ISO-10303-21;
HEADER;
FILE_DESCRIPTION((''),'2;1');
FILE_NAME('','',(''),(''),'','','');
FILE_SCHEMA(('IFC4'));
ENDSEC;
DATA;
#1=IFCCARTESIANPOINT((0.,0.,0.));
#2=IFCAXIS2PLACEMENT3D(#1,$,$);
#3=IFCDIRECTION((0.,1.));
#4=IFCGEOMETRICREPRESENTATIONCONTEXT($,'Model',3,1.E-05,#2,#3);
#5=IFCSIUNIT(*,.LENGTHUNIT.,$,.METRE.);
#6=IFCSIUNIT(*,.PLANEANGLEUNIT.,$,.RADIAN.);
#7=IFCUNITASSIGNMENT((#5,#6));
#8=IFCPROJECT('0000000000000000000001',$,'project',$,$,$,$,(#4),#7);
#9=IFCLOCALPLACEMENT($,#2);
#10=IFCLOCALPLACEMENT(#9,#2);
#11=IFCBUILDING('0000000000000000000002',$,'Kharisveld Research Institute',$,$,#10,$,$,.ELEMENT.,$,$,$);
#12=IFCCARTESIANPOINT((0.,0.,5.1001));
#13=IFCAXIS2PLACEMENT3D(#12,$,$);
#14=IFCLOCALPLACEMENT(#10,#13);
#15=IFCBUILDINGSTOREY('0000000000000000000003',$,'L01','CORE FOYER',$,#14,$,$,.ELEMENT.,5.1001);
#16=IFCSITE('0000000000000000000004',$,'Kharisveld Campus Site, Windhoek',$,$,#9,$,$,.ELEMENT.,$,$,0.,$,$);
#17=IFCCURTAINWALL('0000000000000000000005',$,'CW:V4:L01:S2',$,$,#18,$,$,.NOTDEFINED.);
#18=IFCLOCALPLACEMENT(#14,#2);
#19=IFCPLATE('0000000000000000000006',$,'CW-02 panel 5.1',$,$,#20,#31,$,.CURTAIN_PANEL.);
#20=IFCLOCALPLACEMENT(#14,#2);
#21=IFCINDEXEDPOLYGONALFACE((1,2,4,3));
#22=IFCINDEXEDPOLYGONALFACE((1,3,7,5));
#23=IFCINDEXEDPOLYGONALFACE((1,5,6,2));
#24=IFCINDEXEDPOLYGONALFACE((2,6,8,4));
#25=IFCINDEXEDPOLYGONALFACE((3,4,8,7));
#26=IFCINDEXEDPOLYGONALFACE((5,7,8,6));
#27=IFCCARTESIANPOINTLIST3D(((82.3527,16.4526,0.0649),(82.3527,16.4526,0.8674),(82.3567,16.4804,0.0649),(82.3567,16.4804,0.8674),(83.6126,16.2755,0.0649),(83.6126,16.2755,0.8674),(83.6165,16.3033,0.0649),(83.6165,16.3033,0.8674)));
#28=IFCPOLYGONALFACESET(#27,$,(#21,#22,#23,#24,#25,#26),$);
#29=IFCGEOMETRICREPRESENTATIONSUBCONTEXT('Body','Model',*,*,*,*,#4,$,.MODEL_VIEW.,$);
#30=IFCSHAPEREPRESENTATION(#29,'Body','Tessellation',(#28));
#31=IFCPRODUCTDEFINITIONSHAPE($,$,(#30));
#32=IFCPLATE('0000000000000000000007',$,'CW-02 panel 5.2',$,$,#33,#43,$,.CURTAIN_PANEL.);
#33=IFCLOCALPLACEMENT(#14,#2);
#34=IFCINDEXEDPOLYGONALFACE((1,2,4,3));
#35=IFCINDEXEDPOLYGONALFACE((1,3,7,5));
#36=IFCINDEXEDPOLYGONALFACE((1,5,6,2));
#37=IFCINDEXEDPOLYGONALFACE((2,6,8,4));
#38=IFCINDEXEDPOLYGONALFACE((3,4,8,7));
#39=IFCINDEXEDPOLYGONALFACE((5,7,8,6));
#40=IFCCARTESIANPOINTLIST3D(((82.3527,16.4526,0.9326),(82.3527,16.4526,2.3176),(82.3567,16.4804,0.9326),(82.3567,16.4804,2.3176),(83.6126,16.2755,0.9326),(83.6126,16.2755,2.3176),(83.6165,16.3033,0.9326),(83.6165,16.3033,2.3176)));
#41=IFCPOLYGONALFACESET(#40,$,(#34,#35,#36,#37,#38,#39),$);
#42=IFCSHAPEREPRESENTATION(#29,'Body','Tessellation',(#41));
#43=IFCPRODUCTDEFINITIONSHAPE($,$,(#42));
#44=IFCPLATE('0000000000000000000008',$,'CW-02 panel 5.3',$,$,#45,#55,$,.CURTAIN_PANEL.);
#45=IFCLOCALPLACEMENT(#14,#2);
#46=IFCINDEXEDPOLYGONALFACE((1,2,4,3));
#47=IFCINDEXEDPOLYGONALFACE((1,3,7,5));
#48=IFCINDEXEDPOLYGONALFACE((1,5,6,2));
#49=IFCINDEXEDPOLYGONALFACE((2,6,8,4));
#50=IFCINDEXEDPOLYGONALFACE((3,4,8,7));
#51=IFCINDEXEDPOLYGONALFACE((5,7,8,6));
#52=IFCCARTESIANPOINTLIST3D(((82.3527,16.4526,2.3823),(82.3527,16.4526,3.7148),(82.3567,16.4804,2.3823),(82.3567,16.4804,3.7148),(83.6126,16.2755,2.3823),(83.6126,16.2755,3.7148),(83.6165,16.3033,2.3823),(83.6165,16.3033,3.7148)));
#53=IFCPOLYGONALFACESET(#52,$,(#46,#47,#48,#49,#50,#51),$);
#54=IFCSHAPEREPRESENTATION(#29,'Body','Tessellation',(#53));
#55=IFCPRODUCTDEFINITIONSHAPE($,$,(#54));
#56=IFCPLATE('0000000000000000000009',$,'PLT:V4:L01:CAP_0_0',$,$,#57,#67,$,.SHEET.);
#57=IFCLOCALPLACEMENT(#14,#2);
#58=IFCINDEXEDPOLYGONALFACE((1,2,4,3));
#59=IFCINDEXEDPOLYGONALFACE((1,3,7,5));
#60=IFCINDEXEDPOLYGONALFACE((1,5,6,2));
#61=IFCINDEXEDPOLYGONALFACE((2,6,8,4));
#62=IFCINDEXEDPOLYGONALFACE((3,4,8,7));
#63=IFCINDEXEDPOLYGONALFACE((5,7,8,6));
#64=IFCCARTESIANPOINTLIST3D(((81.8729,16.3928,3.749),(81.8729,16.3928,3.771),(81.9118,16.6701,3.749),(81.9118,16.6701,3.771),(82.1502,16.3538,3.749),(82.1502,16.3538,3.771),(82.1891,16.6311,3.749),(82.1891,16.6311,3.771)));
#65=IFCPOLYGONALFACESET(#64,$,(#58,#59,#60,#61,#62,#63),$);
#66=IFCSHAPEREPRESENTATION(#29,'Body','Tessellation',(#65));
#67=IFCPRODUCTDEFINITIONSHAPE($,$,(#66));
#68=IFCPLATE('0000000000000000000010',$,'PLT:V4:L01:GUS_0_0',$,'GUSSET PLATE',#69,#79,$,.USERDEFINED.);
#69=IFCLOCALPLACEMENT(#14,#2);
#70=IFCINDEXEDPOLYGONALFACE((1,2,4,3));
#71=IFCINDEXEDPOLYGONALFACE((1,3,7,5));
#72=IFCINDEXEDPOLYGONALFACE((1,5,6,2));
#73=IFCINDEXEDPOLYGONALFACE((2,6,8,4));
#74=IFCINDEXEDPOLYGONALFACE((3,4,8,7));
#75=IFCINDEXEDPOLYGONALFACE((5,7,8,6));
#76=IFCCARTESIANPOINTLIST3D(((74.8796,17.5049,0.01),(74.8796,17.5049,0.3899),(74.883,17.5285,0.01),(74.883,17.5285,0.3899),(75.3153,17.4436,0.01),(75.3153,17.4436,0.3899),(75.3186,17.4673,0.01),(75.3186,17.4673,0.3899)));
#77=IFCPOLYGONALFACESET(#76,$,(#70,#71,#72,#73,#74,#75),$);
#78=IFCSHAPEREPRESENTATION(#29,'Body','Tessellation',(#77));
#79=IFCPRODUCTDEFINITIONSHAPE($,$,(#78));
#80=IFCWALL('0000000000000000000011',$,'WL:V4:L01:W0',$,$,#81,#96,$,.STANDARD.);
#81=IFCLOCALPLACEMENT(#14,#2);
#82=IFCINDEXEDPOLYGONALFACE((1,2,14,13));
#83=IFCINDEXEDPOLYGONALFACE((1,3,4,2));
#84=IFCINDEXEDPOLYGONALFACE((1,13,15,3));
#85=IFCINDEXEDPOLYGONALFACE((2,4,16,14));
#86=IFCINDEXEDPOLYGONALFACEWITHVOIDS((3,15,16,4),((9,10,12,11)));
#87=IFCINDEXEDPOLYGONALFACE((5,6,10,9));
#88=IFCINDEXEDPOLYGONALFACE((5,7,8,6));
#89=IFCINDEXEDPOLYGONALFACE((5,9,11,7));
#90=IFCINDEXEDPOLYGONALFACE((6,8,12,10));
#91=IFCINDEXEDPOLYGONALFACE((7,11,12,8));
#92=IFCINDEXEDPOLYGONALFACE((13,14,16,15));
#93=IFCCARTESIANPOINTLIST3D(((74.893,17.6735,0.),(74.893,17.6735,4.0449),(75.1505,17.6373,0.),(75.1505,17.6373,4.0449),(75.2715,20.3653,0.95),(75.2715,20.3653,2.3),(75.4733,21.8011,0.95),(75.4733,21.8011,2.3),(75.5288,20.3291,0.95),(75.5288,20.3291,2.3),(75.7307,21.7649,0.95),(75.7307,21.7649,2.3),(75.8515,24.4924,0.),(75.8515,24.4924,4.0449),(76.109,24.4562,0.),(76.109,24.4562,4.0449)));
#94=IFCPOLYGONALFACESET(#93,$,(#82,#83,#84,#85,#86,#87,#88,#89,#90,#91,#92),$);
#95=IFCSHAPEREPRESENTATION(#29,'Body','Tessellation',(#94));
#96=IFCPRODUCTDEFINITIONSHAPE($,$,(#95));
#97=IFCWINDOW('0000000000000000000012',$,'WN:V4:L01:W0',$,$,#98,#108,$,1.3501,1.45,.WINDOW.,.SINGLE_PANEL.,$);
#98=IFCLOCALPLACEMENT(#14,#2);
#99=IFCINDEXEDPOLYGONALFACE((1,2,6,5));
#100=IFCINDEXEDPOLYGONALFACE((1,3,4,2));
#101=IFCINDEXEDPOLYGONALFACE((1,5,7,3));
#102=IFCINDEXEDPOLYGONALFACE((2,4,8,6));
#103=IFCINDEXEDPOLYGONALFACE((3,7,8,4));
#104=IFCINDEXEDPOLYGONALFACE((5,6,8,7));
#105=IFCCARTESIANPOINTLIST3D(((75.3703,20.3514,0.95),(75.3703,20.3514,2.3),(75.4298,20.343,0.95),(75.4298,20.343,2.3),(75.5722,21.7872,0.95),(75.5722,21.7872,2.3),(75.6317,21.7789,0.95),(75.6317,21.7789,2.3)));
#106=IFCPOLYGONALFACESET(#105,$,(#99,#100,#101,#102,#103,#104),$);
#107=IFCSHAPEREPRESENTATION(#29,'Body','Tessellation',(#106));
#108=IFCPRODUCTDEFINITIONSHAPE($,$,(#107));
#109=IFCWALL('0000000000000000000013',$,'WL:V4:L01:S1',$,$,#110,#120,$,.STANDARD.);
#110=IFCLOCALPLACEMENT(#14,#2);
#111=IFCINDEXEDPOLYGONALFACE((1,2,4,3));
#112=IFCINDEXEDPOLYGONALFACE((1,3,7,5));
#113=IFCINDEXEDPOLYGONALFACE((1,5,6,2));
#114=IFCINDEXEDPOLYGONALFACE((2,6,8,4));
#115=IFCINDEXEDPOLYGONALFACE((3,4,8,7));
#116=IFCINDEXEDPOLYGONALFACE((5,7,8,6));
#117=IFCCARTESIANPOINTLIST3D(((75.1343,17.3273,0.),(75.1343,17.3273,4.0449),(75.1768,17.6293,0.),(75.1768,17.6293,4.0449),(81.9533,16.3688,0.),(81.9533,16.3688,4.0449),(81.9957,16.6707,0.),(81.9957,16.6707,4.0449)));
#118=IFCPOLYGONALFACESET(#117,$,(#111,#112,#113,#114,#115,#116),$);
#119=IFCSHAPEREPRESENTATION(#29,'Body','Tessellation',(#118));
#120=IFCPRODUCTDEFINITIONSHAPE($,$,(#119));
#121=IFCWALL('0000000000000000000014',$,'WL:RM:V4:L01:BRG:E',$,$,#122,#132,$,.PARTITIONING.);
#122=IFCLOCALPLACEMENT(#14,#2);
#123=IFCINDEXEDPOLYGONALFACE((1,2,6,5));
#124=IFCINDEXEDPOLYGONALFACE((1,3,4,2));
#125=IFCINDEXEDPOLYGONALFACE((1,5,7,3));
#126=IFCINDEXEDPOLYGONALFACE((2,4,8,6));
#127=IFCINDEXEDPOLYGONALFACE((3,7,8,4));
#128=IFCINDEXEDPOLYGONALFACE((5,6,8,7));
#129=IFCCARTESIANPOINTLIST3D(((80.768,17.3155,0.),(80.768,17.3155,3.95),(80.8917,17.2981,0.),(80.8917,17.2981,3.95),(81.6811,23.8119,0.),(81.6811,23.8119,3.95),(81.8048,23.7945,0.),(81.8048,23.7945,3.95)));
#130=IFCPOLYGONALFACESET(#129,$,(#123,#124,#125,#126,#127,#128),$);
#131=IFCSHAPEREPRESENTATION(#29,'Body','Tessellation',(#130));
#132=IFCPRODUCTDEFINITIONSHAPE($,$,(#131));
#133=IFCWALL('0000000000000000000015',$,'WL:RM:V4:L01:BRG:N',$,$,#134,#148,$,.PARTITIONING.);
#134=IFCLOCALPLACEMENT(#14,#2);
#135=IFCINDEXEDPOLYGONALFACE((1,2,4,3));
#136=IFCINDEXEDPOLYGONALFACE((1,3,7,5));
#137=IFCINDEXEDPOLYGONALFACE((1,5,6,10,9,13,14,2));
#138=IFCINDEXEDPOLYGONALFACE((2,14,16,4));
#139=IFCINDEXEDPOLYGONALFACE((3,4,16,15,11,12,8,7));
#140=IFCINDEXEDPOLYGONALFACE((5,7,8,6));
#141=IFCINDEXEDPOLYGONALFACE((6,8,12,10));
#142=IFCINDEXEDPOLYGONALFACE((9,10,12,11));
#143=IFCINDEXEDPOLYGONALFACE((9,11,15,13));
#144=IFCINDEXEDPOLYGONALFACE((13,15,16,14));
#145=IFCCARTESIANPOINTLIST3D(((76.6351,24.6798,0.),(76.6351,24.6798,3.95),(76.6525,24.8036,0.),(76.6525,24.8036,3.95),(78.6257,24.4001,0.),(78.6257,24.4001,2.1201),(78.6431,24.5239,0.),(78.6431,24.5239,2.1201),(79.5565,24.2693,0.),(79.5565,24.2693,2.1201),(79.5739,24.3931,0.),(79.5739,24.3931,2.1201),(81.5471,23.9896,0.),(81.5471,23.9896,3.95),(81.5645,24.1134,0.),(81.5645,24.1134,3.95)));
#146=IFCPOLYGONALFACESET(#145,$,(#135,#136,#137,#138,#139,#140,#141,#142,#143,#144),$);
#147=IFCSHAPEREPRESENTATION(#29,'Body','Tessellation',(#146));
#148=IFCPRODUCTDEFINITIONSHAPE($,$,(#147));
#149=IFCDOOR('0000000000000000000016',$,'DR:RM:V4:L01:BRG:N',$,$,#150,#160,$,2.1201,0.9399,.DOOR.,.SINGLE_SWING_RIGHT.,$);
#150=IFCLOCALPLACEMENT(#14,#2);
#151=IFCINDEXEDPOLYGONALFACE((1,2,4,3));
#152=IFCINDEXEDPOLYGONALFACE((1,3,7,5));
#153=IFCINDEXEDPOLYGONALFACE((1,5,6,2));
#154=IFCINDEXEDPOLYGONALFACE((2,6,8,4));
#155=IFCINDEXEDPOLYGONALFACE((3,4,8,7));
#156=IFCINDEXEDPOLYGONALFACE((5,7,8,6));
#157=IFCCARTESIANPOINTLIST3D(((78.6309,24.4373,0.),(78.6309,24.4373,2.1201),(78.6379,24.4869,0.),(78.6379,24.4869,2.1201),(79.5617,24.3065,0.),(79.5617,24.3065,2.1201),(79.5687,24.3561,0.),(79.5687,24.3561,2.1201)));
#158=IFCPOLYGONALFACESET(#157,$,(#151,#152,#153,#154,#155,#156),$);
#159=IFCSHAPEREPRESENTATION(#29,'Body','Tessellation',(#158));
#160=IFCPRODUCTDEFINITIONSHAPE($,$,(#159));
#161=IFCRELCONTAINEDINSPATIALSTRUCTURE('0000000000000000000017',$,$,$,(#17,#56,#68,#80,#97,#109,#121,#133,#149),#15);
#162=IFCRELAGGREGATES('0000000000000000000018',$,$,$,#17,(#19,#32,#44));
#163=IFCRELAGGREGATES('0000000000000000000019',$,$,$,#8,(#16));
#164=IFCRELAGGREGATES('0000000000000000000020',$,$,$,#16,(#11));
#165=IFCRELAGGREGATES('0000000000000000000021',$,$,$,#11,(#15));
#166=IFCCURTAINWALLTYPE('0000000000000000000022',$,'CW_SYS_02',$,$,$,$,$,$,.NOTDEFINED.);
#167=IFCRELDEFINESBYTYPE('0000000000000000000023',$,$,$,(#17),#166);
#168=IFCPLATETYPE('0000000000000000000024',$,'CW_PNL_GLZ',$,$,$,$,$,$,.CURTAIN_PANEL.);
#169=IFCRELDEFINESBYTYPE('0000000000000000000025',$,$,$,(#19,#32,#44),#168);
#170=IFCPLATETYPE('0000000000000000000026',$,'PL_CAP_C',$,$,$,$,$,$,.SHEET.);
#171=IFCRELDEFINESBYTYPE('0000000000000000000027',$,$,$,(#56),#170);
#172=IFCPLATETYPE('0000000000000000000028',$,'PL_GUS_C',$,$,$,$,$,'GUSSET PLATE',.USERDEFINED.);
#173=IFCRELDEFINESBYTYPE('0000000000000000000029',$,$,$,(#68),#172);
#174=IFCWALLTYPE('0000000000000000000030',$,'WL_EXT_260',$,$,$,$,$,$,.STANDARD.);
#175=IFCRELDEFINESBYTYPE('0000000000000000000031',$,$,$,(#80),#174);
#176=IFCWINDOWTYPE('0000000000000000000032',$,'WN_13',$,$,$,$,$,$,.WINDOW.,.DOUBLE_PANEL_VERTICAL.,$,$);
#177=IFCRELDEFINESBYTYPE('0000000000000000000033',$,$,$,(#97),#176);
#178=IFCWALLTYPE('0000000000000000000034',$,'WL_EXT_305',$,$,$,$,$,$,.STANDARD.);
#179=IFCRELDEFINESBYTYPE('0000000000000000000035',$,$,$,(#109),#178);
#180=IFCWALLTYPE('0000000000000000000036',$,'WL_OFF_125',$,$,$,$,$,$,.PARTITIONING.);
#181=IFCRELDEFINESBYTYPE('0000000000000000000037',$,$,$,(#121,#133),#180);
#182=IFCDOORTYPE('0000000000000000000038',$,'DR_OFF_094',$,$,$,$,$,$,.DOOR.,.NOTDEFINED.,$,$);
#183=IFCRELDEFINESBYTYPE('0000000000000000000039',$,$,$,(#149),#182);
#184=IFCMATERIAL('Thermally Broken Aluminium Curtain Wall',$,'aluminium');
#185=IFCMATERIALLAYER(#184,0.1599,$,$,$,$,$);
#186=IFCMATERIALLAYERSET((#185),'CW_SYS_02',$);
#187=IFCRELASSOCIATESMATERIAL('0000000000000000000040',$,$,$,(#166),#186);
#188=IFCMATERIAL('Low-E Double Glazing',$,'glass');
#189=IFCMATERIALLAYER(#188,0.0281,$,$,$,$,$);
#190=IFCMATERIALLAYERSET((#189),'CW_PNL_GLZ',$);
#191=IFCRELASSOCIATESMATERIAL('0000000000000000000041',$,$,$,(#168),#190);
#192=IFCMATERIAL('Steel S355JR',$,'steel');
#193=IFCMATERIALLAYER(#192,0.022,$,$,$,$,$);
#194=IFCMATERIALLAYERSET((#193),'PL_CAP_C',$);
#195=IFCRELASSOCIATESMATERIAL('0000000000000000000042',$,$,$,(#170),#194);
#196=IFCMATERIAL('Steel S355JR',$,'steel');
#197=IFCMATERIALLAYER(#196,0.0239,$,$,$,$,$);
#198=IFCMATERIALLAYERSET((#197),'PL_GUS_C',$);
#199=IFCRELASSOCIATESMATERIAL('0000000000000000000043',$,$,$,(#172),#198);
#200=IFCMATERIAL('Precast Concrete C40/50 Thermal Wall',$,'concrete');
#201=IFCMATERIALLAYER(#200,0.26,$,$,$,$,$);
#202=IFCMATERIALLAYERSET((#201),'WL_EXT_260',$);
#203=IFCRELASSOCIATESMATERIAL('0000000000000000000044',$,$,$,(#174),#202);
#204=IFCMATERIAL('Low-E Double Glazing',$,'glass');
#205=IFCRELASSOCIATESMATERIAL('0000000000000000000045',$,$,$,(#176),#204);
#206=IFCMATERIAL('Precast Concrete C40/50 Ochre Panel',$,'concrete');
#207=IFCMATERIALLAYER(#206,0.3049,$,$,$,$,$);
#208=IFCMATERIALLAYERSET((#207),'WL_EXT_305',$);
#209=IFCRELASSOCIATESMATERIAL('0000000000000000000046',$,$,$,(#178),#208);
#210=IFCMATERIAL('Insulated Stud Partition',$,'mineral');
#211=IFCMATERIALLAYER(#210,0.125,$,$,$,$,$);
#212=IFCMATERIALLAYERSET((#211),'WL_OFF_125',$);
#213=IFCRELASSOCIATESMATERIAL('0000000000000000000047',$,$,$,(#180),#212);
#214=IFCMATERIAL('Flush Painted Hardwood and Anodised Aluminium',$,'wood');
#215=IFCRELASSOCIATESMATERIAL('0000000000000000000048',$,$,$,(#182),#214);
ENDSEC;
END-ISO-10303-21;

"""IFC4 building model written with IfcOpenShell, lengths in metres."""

from ifc_helpers import new_model, si_unit, direction, frame, frame_2d, origin, origin_2d, place, context, subcontext, project, spatial, rectangle, extrude, material, layer, layer_set, type_object, element, fill, aggregate, save


model = new_model("IFC4")

# Units and contexts
model_context = context("Model", 3, precision=1e-05, world=origin(), true_north=direction((0.0, 1.0)))
body_context = subcontext(model_context, "Body", "Model", "MODEL_VIEW")
ifc_project = project(units=[si_unit("LENGTHUNIT", "METRE"), si_unit("PLANEANGLEUNIT", "RADIAN")], contexts=[model_context])

# Site, building, storey
site_placement = place(None, origin())
site = spatial("IfcSite", under=ifc_project, at=site_placement, Name="Kharisveld Campus Site, Windhoek", CompositionType="ELEMENT", RefElevation=0.0)
building_placement = place(site_placement, origin())
building = spatial("IfcBuilding", under=site, at=building_placement, Name="Kharisveld Research Institute", CompositionType="ELEMENT")
storey_placement = place(building_placement, frame((0.0, 0.0, 5.1001)))
storey = spatial("IfcBuildingStorey", under=building, at=storey_placement, Name="L01", Description="CORE FOYER", CompositionType="ELEMENT", Elevation=5.1001)

# Curtain wall
ifc_material_1 = material(Name="Thermally Broken Aluminium Curtain Wall", Category="aluminium")
ifc_layer_1 = layer(ifc_material_1, 0.1599)
ifc_layer_set_1 = layer_set([ifc_layer_1], Name="CW_SYS_02")
curtain_wall_type = type_object("IfcCurtainWallType", Name="CW_SYS_02", PredefinedType="NOTDEFINED", material=ifc_layer_set_1)
curtain_wall_placement = place(storey_placement, origin())
curtain_wall = element("IfcCurtainWall", 1, at=curtain_wall_placement, inside=storey, type_object=curtain_wall_type, Name="CW:V4:L01:S2", PredefinedType="NOTDEFINED")

# Plates
ifc_material_2 = material(Name="Low-E Double Glazing", Category="glass")
ifc_layer_2 = layer(ifc_material_2, 0.0281)
ifc_layer_set_2 = layer_set([ifc_layer_2], Name="CW_PNL_GLZ")
plate_type_1 = type_object("IfcPlateType", Name="CW_PNL_GLZ", PredefinedType="CURTAIN_PANEL", material=ifc_layer_set_2)
plate_1_placement = place(storey_placement, frame((82.9846, 16.3779, 0.0649), z_axis=(0.0, 0.0, 1.0), x_axis=(-0.990268, 0.139173, 0.0)))
plate_1 = element("IfcPlate", 2, at=plate_1_placement, type_object=plate_type_1, Name="CW-02 panel 5.1", PredefinedType="CURTAIN_PANEL", context=body_context, shape_type="SweptSolid", body=[
    extrude(rectangle(XDim=1.2722, YDim=0.0281, at=origin_2d()), origin(), (0.0, 0.0, 1.0), 0.8025),
])
plate_2_placement = place(storey_placement, frame((82.9846, 16.3779, 0.9326), z_axis=(0.0, 0.0, 1.0), x_axis=(-0.990268, 0.139173, 0.0)))
plate_2 = element("IfcPlate", 3, at=plate_2_placement, type_object=plate_type_1, Name="CW-02 panel 5.2", PredefinedType="CURTAIN_PANEL", context=body_context, shape_type="SweptSolid", body=[
    extrude(rectangle(XDim=1.2722, YDim=0.0281, at=origin_2d()), origin(), (0.0, 0.0, 1.0), 1.385),
])
plate_3_placement = place(storey_placement, frame((82.9846, 16.3779, 2.3823), z_axis=(0.0, 0.0, 1.0), x_axis=(-0.990268, 0.139173, 0.0)))
plate_3 = element("IfcPlate", 4, at=plate_3_placement, type_object=plate_type_1, Name="CW-02 panel 5.3", PredefinedType="CURTAIN_PANEL", context=body_context, shape_type="SweptSolid", body=[
    extrude(rectangle(XDim=1.2722, YDim=0.0281, at=origin_2d()), origin(), (0.0, 0.0, 1.0), 1.3325),
])
aggregate(curtain_wall, [plate_1, plate_2, plate_3])

# Plates
ifc_material_3 = material(Name="Steel S355JR", Category="steel")
ifc_layer_3 = layer(ifc_material_3, 0.022)
ifc_layer_set_3 = layer_set([ifc_layer_3], Name="PL_CAP_C")
plate_type_2 = type_object("IfcPlateType", Name="PL_CAP_C", PredefinedType="SHEET", material=ifc_layer_set_3)
plate_4_placement = place(storey_placement, frame((82.031, 16.512, 3.749), z_axis=(0.0, 0.0, 1.0), x_axis=(0.990268, -0.139173, 0.0)))
element("IfcPlate", 5, at=plate_4_placement, inside=storey, type_object=plate_type_2, Name="PLT:V4:L01:CAP_0_0", PredefinedType="SHEET", context=body_context, shape_type="SweptSolid", body=[
    extrude(rectangle(XDim=0.28, YDim=0.28, at=origin_2d()), origin(), (0.0, 0.0, 1.0), 0.022),
])
ifc_material_4 = material(Name="Steel S355JR", Category="steel")
ifc_layer_4 = layer(ifc_material_4, 0.0239)
ifc_layer_set_4 = layer_set([ifc_layer_4], Name="PL_GUS_C")
plate_type_3 = type_object("IfcPlateType", Name="PL_GUS_C", ElementType="GUSSET PLATE", PredefinedType="USERDEFINED", material=ifc_layer_set_4)
plate_5_placement = place(storey_placement, frame((75.0991, 17.4861, 0.01), z_axis=(0.0, 0.0, 1.0), x_axis=(0.990268, -0.139173, 0.0)))
element("IfcPlate", 6, at=plate_5_placement, inside=storey, type_object=plate_type_3, Name="PLT:V4:L01:GUS_0_0", ObjectType="GUSSET PLATE", PredefinedType="USERDEFINED", context=body_context, shape_type="SweptSolid", body=[
    extrude(rectangle(XDim=0.4399, YDim=0.0239, at=origin_2d()), origin(), (0.0, 0.0, 1.0), 0.3799),
])

# Wall, opening, window
ifc_material_5 = material(Name="Precast Concrete C40/50 Thermal Wall", Category="concrete")
ifc_layer_5 = layer(ifc_material_5, 0.26)
ifc_layer_set_5 = layer_set([ifc_layer_5], Name="WL_EXT_260")
wall_type_1 = type_object("IfcWallType", Name="WL_EXT_260", PredefinedType="STANDARD", material=ifc_layer_set_5)
wall_1_placement = place(storey_placement, frame((75.0217, 17.6555, 0.0), z_axis=(0.0, 0.0, 1.0), x_axis=(0.139197, 0.990265, 0.0)))
wall_1 = element("IfcWall", 7, at=wall_1_placement, inside=storey, type_object=wall_type_1, Name="WL:V4:L01:W0", PredefinedType="STANDARD", context=body_context, shape_type="SweptSolid", body=[
    extrude(rectangle(XDim=6.886, YDim=0.26, at=frame_2d((3.4429, 0.0))), origin(), (0.0, 0.0, 1.0), 4.0449),
])
opening_1_placement = place(wall_1_placement, frame((2.718, 0.0, 0.95)))
opening_1 = element("IfcOpeningElement", 8, at=opening_1_placement, cuts=wall_1, PredefinedType="OPENING", context=body_context, shape_type="SweptSolid", body=[
    extrude(rectangle(XDim=1.45, YDim=1.3501, at=frame_2d((0.7251, 0.675))), frame((0.0, 0.1299, 0.0), z_axis=(0.0, -1.0, 0.0), x_axis=(1.0, 0.0, 0.0)), (0.0, 0.0, 1.0), 0.26),
])
ifc_material_6 = material(Name="Low-E Double Glazing", Category="glass")
window_type = type_object("IfcWindowType", Name="WN_13", PartitioningType="DOUBLE_PANEL_VERTICAL", PredefinedType="WINDOW", material=ifc_material_6)
window_placement = place(opening_1_placement, origin())
window = element("IfcWindow", 9, at=window_placement, inside=storey, type_object=window_type, Name="WN:V4:L01:W0", OverallHeight=1.3501, OverallWidth=1.45, PartitioningType="SINGLE_PANEL", PredefinedType="WINDOW", context=body_context, shape_type="SweptSolid", body=[
    extrude(rectangle(XDim=1.45, YDim=1.3501, at=frame_2d((0.7251, 0.675))), frame((0.0, 0.03, 0.0), z_axis=(0.0, -1.0, 0.0), x_axis=(1.0, 0.0, 0.0)), (0.0, 0.0, 1.0), 0.0601),
])
fill(opening_1, window)

# Walls
ifc_material_7 = material(Name="Precast Concrete C40/50 Ochre Panel", Category="concrete")
ifc_layer_6 = layer(ifc_material_7, 0.3049)
ifc_layer_set_6 = layer_set([ifc_layer_6], Name="WL_EXT_305")
wall_type_2 = type_object("IfcWallType", Name="WL_EXT_305", PredefinedType="STANDARD", material=ifc_layer_set_6)
wall_2_placement = place(storey_placement, frame((81.9744, 16.5198, 0.0), z_axis=(0.0, 0.0, 1.0), x_axis=(-0.990265, 0.139197, 0.0)))
element("IfcWall", 10, at=wall_2_placement, inside=storey, type_object=wall_type_2, Name="WL:V4:L01:S1", PredefinedType="STANDARD", context=body_context, shape_type="SweptSolid", body=[
    extrude(rectangle(XDim=6.886, YDim=0.3049, at=frame_2d((3.4429, 0.0))), origin(), (0.0, 0.0, 1.0), 4.0449),
])
ifc_material_8 = material(Name="Insulated Stud Partition", Category="mineral")
ifc_layer_7 = layer(ifc_material_8, 0.125)
ifc_layer_set_7 = layer_set([ifc_layer_7], Name="WL_OFF_125")
wall_type_3 = type_object("IfcWallType", Name="WL_OFF_125", PredefinedType="PARTITIONING", material=ifc_layer_set_7)
wall_3_placement = place(storey_placement, frame((80.8298, 17.3066, 0.0), z_axis=(0.0, 0.0, 1.0), x_axis=(0.139186, 0.990266, 0.0)))
element("IfcWall", 11, at=wall_3_placement, inside=storey, type_object=wall_type_3, Name="WL:RM:V4:L01:BRG:E", PredefinedType="PARTITIONING", context=body_context, shape_type="SweptSolid", body=[
    extrude(rectangle(XDim=6.5603, YDim=0.125, at=frame_2d((3.2803, 0.0))), origin(), (0.0, 0.0, 1.0), 3.95),
])

# Wall, opening, door
wall_4_placement = place(storey_placement, frame((81.5557, 24.0515, 0.0), z_axis=(0.0, 0.0, 1.0), x_axis=(-0.990272, 0.139147, 0.0)))
wall_4 = element("IfcWall", 12, at=wall_4_placement, inside=storey, type_object=wall_type_3, Name="WL:RM:V4:L01:BRG:N", PredefinedType="PARTITIONING", context=body_context, shape_type="SweptSolid", body=[
    extrude(rectangle(XDim=4.9602, YDim=0.125, at=frame_2d((2.48, 0.0))), origin(), (0.0, 0.0, 1.0), 3.95),
])
opening_2_placement = place(wall_4_placement, frame((2.01, 0.0, 0.0)))
opening_2 = element("IfcOpeningElement", 13, at=opening_2_placement, cuts=wall_4, PredefinedType="OPENING", context=body_context, shape_type="SweptSolid", body=[
    extrude(rectangle(XDim=0.9399, YDim=2.1201, at=frame_2d((0.47, 1.0601))), frame((0.0, 0.0625, 0.0), z_axis=(0.0, -1.0, 0.0), x_axis=(1.0, 0.0, 0.0)), (0.0, 0.0, 1.0), 0.125),
])
ifc_material_9 = material(Name="Flush Painted Hardwood and Anodised Aluminium", Category="wood")
door_type = type_object("IfcDoorType", Name="DR_OFF_094", OperationType="NOTDEFINED", PredefinedType="DOOR", material=ifc_material_9)
door_placement = place(opening_2_placement, origin())
door = element("IfcDoor", 14, at=door_placement, inside=storey, type_object=door_type, Name="DR:RM:V4:L01:BRG:N", OperationType="SINGLE_SWING_RIGHT", OverallHeight=2.1201, OverallWidth=0.9399, PredefinedType="DOOR", context=body_context, shape_type="SweptSolid", body=[
    extrude(rectangle(XDim=0.9399, YDim=2.1201, at=frame_2d((0.47, 1.0601))), frame((0.0, 0.0249, 0.0), z_axis=(0.0, -1.0, 0.0), x_axis=(1.0, 0.0, 0.0)), (0.0, 0.0, 1.0), 0.05),
])
fill(opening_2, door)

save(model, "model.ifc")
